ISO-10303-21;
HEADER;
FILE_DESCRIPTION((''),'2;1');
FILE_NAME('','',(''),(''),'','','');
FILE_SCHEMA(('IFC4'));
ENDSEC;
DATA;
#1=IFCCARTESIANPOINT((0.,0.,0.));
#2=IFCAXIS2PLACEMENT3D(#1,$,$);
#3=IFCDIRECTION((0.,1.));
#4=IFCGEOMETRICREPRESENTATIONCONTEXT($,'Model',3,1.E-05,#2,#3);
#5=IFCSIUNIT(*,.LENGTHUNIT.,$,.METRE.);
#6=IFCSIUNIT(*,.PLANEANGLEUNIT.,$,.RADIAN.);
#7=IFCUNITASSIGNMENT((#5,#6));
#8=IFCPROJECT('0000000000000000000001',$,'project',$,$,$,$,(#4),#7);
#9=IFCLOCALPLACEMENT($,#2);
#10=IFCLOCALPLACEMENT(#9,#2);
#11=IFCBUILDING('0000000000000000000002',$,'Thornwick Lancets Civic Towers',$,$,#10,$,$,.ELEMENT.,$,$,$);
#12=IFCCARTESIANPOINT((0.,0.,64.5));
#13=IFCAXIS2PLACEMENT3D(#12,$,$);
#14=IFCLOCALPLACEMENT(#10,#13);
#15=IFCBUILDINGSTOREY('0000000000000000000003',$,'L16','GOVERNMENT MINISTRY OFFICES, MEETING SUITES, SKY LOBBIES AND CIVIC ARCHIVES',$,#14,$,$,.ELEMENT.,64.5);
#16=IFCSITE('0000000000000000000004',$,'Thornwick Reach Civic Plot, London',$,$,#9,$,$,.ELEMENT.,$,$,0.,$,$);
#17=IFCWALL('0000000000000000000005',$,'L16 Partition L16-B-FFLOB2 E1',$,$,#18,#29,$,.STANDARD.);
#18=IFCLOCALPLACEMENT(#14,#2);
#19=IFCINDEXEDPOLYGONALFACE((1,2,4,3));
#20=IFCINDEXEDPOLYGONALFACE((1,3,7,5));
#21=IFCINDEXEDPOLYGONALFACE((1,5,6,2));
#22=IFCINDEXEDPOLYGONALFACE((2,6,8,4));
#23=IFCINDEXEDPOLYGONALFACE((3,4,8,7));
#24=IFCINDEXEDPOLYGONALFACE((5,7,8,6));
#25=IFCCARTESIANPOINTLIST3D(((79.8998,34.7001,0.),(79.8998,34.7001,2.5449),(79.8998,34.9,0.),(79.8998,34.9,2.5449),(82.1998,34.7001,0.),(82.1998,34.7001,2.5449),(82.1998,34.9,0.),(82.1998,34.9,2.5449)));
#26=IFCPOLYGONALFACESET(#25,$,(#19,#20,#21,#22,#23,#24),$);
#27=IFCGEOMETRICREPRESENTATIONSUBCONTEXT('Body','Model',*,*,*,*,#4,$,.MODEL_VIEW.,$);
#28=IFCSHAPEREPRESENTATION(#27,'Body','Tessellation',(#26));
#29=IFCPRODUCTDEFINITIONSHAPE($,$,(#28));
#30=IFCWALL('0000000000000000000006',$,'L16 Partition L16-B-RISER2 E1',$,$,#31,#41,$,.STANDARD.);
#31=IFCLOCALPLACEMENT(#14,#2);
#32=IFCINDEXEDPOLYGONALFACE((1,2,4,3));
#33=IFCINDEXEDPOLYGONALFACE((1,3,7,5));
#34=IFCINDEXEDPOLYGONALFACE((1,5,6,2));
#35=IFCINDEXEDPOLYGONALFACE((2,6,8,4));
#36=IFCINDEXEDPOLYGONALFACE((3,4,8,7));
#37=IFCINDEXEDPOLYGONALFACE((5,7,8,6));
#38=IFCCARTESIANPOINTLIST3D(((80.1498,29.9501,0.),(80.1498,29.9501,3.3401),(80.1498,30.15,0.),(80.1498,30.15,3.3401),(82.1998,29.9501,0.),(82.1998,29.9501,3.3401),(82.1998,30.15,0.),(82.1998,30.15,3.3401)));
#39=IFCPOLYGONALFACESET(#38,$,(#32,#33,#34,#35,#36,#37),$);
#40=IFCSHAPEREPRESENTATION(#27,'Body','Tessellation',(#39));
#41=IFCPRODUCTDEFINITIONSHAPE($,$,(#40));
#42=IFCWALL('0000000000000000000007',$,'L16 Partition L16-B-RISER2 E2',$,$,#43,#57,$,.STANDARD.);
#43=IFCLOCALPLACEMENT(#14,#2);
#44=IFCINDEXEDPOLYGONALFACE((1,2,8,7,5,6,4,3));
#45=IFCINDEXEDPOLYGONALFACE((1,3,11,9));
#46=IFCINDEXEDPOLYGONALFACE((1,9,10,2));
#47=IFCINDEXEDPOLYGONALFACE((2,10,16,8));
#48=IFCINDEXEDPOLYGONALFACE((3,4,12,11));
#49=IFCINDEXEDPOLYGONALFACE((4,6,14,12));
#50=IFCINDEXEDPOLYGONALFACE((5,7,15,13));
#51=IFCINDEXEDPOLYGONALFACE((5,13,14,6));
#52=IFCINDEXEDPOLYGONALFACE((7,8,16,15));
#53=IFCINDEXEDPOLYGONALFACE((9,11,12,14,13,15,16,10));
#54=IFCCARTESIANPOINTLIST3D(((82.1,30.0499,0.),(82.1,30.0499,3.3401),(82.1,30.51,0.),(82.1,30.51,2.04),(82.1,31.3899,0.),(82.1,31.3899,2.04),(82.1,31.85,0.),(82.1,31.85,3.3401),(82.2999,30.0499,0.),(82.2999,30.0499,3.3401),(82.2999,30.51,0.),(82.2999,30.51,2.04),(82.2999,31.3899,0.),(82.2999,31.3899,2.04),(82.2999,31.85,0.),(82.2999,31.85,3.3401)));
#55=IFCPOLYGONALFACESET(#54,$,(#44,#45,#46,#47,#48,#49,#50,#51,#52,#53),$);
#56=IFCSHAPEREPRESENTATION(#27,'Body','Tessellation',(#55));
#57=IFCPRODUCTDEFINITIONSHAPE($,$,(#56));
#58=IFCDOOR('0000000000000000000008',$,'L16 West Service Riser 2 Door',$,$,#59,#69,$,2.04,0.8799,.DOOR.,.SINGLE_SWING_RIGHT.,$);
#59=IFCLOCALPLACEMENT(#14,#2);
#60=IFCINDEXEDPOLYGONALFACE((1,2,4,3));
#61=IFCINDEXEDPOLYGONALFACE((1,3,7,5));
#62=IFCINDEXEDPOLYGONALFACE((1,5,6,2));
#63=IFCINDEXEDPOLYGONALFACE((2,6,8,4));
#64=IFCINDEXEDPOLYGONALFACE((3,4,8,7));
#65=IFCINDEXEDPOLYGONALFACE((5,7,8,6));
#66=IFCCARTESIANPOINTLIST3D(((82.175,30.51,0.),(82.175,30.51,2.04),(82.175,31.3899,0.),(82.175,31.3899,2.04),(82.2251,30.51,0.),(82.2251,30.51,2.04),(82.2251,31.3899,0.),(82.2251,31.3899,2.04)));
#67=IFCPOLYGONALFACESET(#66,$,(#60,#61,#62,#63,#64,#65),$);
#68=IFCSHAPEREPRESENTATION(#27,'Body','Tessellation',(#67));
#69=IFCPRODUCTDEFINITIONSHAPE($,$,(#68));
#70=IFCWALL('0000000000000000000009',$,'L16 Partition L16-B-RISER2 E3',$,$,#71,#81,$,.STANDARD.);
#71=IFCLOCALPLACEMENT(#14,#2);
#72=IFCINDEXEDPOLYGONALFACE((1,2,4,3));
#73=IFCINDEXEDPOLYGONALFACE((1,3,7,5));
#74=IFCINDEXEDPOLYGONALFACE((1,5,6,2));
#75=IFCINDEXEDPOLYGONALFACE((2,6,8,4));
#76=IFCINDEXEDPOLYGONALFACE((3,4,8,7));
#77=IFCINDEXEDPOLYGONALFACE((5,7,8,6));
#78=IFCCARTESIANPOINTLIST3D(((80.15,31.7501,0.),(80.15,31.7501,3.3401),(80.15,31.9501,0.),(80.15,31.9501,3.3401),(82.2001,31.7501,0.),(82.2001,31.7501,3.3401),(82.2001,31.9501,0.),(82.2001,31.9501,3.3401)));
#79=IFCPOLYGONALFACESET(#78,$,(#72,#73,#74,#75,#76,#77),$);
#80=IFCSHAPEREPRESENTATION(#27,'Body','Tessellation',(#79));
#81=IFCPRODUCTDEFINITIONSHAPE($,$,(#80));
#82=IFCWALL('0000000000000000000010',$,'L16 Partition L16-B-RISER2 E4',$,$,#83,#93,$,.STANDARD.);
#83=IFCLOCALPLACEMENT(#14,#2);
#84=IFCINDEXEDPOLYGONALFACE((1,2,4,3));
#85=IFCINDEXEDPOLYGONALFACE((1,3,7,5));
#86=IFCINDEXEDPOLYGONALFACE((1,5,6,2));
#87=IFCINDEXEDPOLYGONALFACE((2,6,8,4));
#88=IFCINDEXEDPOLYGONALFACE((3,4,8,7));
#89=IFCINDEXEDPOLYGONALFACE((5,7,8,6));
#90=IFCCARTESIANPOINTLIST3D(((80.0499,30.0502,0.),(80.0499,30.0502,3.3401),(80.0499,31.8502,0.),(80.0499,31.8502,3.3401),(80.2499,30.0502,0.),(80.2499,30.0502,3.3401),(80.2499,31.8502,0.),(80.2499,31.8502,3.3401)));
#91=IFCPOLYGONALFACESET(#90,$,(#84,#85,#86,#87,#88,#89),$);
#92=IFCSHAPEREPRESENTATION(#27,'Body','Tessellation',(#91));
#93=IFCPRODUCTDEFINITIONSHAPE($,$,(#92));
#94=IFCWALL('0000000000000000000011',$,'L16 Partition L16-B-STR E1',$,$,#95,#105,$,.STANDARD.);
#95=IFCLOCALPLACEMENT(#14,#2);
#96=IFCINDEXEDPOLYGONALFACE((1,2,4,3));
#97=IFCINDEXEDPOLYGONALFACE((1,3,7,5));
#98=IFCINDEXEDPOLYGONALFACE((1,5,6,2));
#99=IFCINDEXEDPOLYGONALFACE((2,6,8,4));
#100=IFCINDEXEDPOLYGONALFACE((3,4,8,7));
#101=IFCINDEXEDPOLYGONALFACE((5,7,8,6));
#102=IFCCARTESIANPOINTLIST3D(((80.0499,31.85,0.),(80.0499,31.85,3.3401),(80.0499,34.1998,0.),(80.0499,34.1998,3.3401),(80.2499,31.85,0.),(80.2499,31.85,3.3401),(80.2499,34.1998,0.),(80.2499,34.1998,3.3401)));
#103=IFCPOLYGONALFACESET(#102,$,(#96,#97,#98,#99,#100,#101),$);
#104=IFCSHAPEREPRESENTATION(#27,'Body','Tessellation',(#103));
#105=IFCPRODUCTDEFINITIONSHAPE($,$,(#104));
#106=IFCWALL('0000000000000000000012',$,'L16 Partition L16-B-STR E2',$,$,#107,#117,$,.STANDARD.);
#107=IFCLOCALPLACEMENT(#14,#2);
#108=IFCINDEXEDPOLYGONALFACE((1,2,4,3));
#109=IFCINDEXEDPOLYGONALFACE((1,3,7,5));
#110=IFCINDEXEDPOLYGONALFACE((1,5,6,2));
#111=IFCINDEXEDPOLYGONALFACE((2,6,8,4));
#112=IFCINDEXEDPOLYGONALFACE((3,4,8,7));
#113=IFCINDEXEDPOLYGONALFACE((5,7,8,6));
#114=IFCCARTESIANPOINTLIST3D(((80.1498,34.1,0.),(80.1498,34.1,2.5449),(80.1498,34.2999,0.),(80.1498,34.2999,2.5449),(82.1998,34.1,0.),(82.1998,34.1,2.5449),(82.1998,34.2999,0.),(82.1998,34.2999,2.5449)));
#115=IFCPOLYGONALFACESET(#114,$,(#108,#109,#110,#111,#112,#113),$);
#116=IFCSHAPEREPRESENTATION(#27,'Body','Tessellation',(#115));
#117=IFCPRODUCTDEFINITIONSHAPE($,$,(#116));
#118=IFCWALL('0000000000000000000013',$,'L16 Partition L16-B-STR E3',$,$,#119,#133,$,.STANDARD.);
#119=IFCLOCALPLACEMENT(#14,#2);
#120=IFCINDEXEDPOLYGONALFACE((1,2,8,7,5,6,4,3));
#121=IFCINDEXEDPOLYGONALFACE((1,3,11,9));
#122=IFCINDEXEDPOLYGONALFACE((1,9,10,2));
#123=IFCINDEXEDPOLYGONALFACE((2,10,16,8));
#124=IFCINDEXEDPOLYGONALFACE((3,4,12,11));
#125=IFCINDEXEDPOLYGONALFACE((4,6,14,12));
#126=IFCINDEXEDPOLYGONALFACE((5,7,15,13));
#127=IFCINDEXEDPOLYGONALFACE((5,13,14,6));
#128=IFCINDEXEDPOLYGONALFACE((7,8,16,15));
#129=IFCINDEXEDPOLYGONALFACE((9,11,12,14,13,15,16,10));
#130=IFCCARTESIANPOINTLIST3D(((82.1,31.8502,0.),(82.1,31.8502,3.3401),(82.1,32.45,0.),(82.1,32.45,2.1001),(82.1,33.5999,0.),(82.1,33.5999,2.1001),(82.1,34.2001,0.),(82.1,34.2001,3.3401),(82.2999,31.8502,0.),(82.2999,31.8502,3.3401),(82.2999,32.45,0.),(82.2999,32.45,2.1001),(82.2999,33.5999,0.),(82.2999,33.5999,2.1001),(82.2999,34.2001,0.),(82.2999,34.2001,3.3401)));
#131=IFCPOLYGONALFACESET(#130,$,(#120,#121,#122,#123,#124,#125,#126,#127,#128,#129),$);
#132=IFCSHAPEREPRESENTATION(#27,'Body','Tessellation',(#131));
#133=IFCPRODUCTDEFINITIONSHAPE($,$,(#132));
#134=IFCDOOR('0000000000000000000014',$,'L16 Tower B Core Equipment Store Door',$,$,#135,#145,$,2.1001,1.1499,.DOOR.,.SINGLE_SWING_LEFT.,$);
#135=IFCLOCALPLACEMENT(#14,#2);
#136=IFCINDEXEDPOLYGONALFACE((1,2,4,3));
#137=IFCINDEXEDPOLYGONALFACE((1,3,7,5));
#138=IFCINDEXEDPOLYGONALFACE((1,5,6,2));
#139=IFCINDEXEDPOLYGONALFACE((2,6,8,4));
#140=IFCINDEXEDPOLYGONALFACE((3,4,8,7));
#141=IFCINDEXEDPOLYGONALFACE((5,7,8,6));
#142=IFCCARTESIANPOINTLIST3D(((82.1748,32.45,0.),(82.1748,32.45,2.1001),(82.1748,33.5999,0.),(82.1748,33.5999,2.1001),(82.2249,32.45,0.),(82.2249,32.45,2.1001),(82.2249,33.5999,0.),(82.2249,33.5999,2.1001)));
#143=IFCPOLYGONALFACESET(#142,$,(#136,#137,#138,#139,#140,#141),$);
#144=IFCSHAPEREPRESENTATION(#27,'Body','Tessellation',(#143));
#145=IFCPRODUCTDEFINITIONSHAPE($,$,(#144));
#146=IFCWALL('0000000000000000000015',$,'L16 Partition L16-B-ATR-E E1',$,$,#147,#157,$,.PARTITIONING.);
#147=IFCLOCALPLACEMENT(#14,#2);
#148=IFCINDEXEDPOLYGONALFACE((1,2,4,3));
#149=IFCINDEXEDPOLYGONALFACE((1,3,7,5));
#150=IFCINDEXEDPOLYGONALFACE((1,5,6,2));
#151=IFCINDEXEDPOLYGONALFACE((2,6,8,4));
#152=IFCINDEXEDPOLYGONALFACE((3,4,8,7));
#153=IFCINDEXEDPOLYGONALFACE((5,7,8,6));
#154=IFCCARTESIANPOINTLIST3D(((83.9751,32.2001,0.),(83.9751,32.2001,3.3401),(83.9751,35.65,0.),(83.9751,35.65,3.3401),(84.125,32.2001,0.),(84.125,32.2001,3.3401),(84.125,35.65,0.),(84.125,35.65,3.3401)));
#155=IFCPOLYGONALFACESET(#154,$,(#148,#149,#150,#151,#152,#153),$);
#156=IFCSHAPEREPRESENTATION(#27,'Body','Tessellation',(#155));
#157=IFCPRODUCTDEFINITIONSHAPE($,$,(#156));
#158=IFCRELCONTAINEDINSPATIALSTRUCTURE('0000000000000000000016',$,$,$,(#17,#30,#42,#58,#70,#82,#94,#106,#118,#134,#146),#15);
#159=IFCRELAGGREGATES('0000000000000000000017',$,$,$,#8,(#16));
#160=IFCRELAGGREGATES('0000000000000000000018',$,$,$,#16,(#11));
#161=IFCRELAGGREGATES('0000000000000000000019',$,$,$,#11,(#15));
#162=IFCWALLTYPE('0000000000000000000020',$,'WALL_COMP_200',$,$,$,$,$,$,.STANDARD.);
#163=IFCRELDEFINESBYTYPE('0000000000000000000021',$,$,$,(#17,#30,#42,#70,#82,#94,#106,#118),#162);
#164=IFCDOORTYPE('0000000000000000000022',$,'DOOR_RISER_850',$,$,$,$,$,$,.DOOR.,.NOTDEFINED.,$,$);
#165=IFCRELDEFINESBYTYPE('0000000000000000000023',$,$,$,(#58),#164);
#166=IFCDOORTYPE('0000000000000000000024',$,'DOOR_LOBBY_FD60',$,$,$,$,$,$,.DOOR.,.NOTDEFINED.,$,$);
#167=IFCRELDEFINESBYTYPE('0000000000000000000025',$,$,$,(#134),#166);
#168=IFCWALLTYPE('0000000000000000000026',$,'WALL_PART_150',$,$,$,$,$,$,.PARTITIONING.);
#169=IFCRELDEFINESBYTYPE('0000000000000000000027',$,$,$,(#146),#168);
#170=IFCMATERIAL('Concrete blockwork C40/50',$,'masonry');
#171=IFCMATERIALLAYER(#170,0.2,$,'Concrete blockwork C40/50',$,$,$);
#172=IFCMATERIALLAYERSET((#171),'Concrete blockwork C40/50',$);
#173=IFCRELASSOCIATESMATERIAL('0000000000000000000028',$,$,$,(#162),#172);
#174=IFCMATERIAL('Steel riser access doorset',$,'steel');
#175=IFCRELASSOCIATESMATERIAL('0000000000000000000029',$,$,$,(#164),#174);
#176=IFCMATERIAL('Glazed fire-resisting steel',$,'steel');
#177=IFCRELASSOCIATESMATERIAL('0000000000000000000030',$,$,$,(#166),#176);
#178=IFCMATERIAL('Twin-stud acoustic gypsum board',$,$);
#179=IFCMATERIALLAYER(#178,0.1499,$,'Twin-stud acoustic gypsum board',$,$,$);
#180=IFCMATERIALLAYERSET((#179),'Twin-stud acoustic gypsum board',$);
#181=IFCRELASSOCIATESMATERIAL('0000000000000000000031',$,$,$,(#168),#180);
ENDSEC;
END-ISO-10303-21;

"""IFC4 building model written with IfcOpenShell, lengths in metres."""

from ifc_helpers import new_model, si_unit, direction, frame, frame_2d, origin, place, context, subcontext, project, spatial, rectangle, extrude, material, layer, layer_set, type_object, element, fill, save


model = new_model("IFC4")

# Units and contexts
model_context = context("Model", 3, precision=1e-05, world=origin(), true_north=direction((0.0, 1.0)))
body_context = subcontext(model_context, "Body", "Model", "MODEL_VIEW")
ifc_project = project(units=[si_unit("LENGTHUNIT", "METRE"), si_unit("PLANEANGLEUNIT", "RADIAN")], contexts=[model_context])

# Site, building, storey
site_placement = place(None, origin())
site = spatial("IfcSite", under=ifc_project, at=site_placement, Name="Thornwick Reach Civic Plot, London", CompositionType="ELEMENT", RefElevation=0.0)
building_placement = place(site_placement, origin())
building = spatial("IfcBuilding", under=site, at=building_placement, Name="Thornwick Lancets Civic Towers", CompositionType="ELEMENT")
storey_placement = place(building_placement, frame((0.0, 0.0, 64.5)))
storey = spatial("IfcBuildingStorey", under=building, at=storey_placement, Name="L16", Description="GOVERNMENT MINISTRY OFFICES, MEETING SUITES, SKY LOBBIES AND CIVIC ARCHIVES", CompositionType="ELEMENT", Elevation=64.5)

# Walls
ifc_material_1 = material(Name="Concrete blockwork C40/50", Category="masonry")
ifc_layer_1 = layer(ifc_material_1, 0.2, Name="Concrete blockwork C40/50")
ifc_layer_set_1 = layer_set([ifc_layer_1], Name="Concrete blockwork C40/50")
wall_type_1 = type_object("IfcWallType", Name="WALL_COMP_200", PredefinedType="STANDARD", material=ifc_layer_set_1)
wall_1_placement = place(storey_placement, frame((79.8999, 34.8, 0.0), z_axis=(0.0, 0.0, 1.0), x_axis=(1.0, 0.0, 0.0)))
element("IfcWall", 1, at=wall_1_placement, inside=storey, type_object=wall_type_1, Name="L16 Partition L16-B-FFLOB2 E1", PredefinedType="STANDARD", context=body_context, shape_type="SweptSolid", body=[
    extrude(rectangle(XDim=2.3, YDim=0.2, at=frame_2d((1.1499, 0.0))), origin(), (0.0, 0.0, 1.0), 2.5449),
])
wall_2_placement = place(storey_placement, frame((80.1499, 30.05, 0.0), z_axis=(0.0, 0.0, 1.0), x_axis=(1.0, 0.0, 0.0)))
element("IfcWall", 2, at=wall_2_placement, inside=storey, type_object=wall_type_1, Name="L16 Partition L16-B-RISER2 E1", PredefinedType="STANDARD", context=body_context, shape_type="SweptSolid", body=[
    extrude(rectangle(XDim=2.05, YDim=0.2, at=frame_2d((1.0249, 0.0))), origin(), (0.0, 0.0, 1.0), 3.3401),
])

# Wall, opening, door
wall_3_placement = place(storey_placement, frame((82.2, 30.05, 0.0), z_axis=(0.0, 0.0, 1.0), x_axis=(0.0, 1.0, 0.0)))
wall_3 = element("IfcWall", 3, at=wall_3_placement, inside=storey, type_object=wall_type_1, Name="L16 Partition L16-B-RISER2 E2", PredefinedType="STANDARD", context=body_context, shape_type="SweptSolid", body=[
    extrude(rectangle(XDim=1.8, YDim=0.2, at=frame_2d((0.8999, 0.0))), origin(), (0.0, 0.0, 1.0), 3.3401),
])
opening_1_placement = place(wall_3_placement, frame((0.46, 0.0, 0.0)))
opening_1 = element("IfcOpeningElement", 4, at=opening_1_placement, cuts=wall_3, PredefinedType="OPENING", context=body_context, shape_type="SweptSolid", body=[
    extrude(rectangle(XDim=0.8799, YDim=2.04, at=frame_2d((0.4399, 1.02))), frame((0.0, 0.1099, 0.0), z_axis=(0.0, -1.0, 0.0), x_axis=(1.0, 0.0, 0.0)), (0.0, 0.0, 1.0), 0.22),
])
ifc_material_2 = material(Name="Steel riser access doorset", Category="steel")
door_type_1 = type_object("IfcDoorType", Name="DOOR_RISER_850", OperationType="NOTDEFINED", PredefinedType="DOOR", material=ifc_material_2)
door_1_placement = place(opening_1_placement, origin())
door_1 = element("IfcDoor", 5, at=door_1_placement, inside=storey, type_object=door_type_1, Name="L16 West Service Riser 2 Door", OperationType="SINGLE_SWING_RIGHT", OverallHeight=2.04, OverallWidth=0.8799, PredefinedType="DOOR", context=body_context, shape_type="SweptSolid", body=[
    extrude(rectangle(XDim=0.8799, YDim=2.04, at=frame_2d((0.4399, 1.02))), frame((0.0, 0.0249, 0.0), z_axis=(0.0, -1.0, 0.0), x_axis=(1.0, 0.0, 0.0)), (0.0, 0.0, 1.0), 0.05),
])
fill(opening_1, door_1)

# Walls
wall_4_placement = place(storey_placement, frame((82.2, 31.8501, 0.0), z_axis=(0.0, 0.0, 1.0), x_axis=(-1.0, 0.0, 0.0)))
element("IfcWall", 6, at=wall_4_placement, inside=storey, type_object=wall_type_1, Name="L16 Partition L16-B-RISER2 E3", PredefinedType="STANDARD", context=body_context, shape_type="SweptSolid", body=[
    extrude(rectangle(XDim=2.05, YDim=0.2, at=frame_2d((1.0249, 0.0))), origin(), (0.0, 0.0, 1.0), 3.3401),
])
wall_5_placement = place(storey_placement, frame((80.1499, 31.8501, 0.0), z_axis=(0.0, 0.0, 1.0), x_axis=(0.0, -1.0, 0.0)))
element("IfcWall", 7, at=wall_5_placement, inside=storey, type_object=wall_type_1, Name="L16 Partition L16-B-RISER2 E4", PredefinedType="STANDARD", context=body_context, shape_type="SweptSolid", body=[
    extrude(rectangle(XDim=1.8, YDim=0.2, at=frame_2d((0.8999, 0.0))), origin(), (0.0, 0.0, 1.0), 3.3401),
])
wall_6_placement = place(storey_placement, frame((80.1499, 31.8501, 0.0), z_axis=(0.0, 0.0, 1.0), x_axis=(0.0, 1.0, 0.0)))
element("IfcWall", 8, at=wall_6_placement, inside=storey, type_object=wall_type_1, Name="L16 Partition L16-B-STR E1", PredefinedType="STANDARD", context=body_context, shape_type="SweptSolid", body=[
    extrude(rectangle(XDim=2.3499, YDim=0.2, at=frame_2d((1.1748, 0.0))), origin(), (0.0, 0.0, 1.0), 3.3401),
])
wall_7_placement = place(storey_placement, frame((80.1499, 34.2, 0.0), z_axis=(0.0, 0.0, 1.0), x_axis=(1.0, 0.0, 0.0)))
element("IfcWall", 9, at=wall_7_placement, inside=storey, type_object=wall_type_1, Name="L16 Partition L16-B-STR E2", PredefinedType="STANDARD", context=body_context, shape_type="SweptSolid", body=[
    extrude(rectangle(XDim=2.05, YDim=0.2, at=frame_2d((1.0249, 0.0))), origin(), (0.0, 0.0, 1.0), 2.5449),
])

# Wall, opening, door
wall_8_placement = place(storey_placement, frame((82.2, 34.2, 0.0), z_axis=(0.0, 0.0, 1.0), x_axis=(0.0, -1.0, 0.0)))
wall_8 = element("IfcWall", 10, at=wall_8_placement, inside=storey, type_object=wall_type_1, Name="L16 Partition L16-B-STR E3", PredefinedType="STANDARD", context=body_context, shape_type="SweptSolid", body=[
    extrude(rectangle(XDim=2.3499, YDim=0.2, at=frame_2d((1.1748, 0.0))), origin(), (0.0, 0.0, 1.0), 3.3401),
])
opening_2_placement = place(wall_8_placement, frame((0.6001, 0.0, 0.0)))
opening_2 = element("IfcOpeningElement", 11, at=opening_2_placement, cuts=wall_8, PredefinedType="OPENING", context=body_context, shape_type="SweptSolid", body=[
    extrude(rectangle(XDim=1.1499, YDim=2.1001, at=frame_2d((0.575, 1.05))), frame((0.0, 0.1099, 0.0), z_axis=(0.0, -1.0, 0.0), x_axis=(1.0, 0.0, 0.0)), (0.0, 0.0, 1.0), 0.22),
])
ifc_material_3 = material(Name="Glazed fire-resisting steel", Category="steel")
door_type_2 = type_object("IfcDoorType", Name="DOOR_LOBBY_FD60", OperationType="NOTDEFINED", PredefinedType="DOOR", material=ifc_material_3)
door_2_placement = place(opening_2_placement, origin())
door_2 = element("IfcDoor", 12, at=door_2_placement, inside=storey, type_object=door_type_2, Name="L16 Tower B Core Equipment Store Door", OperationType="SINGLE_SWING_LEFT", OverallHeight=2.1001, OverallWidth=1.1499, PredefinedType="DOOR", context=body_context, shape_type="SweptSolid", body=[
    extrude(rectangle(XDim=1.1499, YDim=2.1001, at=frame_2d((0.575, 1.05))), frame((0.0, 0.0249, 0.0), z_axis=(0.0, -1.0, 0.0), x_axis=(1.0, 0.0, 0.0)), (0.0, 0.0, 1.0), 0.05),
])
fill(opening_2, door_2)

# Wall
ifc_material_4 = material(Name="Twin-stud acoustic gypsum board")
ifc_layer_2 = layer(ifc_material_4, 0.1499, Name="Twin-stud acoustic gypsum board")
ifc_layer_set_2 = layer_set([ifc_layer_2], Name="Twin-stud acoustic gypsum board")
wall_type_2 = type_object("IfcWallType", Name="WALL_PART_150", PredefinedType="PARTITIONING", material=ifc_layer_set_2)
wall_9_placement = place(storey_placement, frame((84.05, 32.2, 0.0), z_axis=(0.0, 0.0, 1.0), x_axis=(0.0, 1.0, 0.0)))
element("IfcWall", 13, at=wall_9_placement, inside=storey, type_object=wall_type_2, Name="L16 Partition L16-B-ATR-E E1", PredefinedType="PARTITIONING", context=body_context, shape_type="SweptSolid", body=[
    extrude(rectangle(XDim=3.45, YDim=0.1499, at=frame_2d((1.7251, 0.0))), origin(), (0.0, 0.0, 1.0), 3.3401),
])

save(model, "model.ifc")
